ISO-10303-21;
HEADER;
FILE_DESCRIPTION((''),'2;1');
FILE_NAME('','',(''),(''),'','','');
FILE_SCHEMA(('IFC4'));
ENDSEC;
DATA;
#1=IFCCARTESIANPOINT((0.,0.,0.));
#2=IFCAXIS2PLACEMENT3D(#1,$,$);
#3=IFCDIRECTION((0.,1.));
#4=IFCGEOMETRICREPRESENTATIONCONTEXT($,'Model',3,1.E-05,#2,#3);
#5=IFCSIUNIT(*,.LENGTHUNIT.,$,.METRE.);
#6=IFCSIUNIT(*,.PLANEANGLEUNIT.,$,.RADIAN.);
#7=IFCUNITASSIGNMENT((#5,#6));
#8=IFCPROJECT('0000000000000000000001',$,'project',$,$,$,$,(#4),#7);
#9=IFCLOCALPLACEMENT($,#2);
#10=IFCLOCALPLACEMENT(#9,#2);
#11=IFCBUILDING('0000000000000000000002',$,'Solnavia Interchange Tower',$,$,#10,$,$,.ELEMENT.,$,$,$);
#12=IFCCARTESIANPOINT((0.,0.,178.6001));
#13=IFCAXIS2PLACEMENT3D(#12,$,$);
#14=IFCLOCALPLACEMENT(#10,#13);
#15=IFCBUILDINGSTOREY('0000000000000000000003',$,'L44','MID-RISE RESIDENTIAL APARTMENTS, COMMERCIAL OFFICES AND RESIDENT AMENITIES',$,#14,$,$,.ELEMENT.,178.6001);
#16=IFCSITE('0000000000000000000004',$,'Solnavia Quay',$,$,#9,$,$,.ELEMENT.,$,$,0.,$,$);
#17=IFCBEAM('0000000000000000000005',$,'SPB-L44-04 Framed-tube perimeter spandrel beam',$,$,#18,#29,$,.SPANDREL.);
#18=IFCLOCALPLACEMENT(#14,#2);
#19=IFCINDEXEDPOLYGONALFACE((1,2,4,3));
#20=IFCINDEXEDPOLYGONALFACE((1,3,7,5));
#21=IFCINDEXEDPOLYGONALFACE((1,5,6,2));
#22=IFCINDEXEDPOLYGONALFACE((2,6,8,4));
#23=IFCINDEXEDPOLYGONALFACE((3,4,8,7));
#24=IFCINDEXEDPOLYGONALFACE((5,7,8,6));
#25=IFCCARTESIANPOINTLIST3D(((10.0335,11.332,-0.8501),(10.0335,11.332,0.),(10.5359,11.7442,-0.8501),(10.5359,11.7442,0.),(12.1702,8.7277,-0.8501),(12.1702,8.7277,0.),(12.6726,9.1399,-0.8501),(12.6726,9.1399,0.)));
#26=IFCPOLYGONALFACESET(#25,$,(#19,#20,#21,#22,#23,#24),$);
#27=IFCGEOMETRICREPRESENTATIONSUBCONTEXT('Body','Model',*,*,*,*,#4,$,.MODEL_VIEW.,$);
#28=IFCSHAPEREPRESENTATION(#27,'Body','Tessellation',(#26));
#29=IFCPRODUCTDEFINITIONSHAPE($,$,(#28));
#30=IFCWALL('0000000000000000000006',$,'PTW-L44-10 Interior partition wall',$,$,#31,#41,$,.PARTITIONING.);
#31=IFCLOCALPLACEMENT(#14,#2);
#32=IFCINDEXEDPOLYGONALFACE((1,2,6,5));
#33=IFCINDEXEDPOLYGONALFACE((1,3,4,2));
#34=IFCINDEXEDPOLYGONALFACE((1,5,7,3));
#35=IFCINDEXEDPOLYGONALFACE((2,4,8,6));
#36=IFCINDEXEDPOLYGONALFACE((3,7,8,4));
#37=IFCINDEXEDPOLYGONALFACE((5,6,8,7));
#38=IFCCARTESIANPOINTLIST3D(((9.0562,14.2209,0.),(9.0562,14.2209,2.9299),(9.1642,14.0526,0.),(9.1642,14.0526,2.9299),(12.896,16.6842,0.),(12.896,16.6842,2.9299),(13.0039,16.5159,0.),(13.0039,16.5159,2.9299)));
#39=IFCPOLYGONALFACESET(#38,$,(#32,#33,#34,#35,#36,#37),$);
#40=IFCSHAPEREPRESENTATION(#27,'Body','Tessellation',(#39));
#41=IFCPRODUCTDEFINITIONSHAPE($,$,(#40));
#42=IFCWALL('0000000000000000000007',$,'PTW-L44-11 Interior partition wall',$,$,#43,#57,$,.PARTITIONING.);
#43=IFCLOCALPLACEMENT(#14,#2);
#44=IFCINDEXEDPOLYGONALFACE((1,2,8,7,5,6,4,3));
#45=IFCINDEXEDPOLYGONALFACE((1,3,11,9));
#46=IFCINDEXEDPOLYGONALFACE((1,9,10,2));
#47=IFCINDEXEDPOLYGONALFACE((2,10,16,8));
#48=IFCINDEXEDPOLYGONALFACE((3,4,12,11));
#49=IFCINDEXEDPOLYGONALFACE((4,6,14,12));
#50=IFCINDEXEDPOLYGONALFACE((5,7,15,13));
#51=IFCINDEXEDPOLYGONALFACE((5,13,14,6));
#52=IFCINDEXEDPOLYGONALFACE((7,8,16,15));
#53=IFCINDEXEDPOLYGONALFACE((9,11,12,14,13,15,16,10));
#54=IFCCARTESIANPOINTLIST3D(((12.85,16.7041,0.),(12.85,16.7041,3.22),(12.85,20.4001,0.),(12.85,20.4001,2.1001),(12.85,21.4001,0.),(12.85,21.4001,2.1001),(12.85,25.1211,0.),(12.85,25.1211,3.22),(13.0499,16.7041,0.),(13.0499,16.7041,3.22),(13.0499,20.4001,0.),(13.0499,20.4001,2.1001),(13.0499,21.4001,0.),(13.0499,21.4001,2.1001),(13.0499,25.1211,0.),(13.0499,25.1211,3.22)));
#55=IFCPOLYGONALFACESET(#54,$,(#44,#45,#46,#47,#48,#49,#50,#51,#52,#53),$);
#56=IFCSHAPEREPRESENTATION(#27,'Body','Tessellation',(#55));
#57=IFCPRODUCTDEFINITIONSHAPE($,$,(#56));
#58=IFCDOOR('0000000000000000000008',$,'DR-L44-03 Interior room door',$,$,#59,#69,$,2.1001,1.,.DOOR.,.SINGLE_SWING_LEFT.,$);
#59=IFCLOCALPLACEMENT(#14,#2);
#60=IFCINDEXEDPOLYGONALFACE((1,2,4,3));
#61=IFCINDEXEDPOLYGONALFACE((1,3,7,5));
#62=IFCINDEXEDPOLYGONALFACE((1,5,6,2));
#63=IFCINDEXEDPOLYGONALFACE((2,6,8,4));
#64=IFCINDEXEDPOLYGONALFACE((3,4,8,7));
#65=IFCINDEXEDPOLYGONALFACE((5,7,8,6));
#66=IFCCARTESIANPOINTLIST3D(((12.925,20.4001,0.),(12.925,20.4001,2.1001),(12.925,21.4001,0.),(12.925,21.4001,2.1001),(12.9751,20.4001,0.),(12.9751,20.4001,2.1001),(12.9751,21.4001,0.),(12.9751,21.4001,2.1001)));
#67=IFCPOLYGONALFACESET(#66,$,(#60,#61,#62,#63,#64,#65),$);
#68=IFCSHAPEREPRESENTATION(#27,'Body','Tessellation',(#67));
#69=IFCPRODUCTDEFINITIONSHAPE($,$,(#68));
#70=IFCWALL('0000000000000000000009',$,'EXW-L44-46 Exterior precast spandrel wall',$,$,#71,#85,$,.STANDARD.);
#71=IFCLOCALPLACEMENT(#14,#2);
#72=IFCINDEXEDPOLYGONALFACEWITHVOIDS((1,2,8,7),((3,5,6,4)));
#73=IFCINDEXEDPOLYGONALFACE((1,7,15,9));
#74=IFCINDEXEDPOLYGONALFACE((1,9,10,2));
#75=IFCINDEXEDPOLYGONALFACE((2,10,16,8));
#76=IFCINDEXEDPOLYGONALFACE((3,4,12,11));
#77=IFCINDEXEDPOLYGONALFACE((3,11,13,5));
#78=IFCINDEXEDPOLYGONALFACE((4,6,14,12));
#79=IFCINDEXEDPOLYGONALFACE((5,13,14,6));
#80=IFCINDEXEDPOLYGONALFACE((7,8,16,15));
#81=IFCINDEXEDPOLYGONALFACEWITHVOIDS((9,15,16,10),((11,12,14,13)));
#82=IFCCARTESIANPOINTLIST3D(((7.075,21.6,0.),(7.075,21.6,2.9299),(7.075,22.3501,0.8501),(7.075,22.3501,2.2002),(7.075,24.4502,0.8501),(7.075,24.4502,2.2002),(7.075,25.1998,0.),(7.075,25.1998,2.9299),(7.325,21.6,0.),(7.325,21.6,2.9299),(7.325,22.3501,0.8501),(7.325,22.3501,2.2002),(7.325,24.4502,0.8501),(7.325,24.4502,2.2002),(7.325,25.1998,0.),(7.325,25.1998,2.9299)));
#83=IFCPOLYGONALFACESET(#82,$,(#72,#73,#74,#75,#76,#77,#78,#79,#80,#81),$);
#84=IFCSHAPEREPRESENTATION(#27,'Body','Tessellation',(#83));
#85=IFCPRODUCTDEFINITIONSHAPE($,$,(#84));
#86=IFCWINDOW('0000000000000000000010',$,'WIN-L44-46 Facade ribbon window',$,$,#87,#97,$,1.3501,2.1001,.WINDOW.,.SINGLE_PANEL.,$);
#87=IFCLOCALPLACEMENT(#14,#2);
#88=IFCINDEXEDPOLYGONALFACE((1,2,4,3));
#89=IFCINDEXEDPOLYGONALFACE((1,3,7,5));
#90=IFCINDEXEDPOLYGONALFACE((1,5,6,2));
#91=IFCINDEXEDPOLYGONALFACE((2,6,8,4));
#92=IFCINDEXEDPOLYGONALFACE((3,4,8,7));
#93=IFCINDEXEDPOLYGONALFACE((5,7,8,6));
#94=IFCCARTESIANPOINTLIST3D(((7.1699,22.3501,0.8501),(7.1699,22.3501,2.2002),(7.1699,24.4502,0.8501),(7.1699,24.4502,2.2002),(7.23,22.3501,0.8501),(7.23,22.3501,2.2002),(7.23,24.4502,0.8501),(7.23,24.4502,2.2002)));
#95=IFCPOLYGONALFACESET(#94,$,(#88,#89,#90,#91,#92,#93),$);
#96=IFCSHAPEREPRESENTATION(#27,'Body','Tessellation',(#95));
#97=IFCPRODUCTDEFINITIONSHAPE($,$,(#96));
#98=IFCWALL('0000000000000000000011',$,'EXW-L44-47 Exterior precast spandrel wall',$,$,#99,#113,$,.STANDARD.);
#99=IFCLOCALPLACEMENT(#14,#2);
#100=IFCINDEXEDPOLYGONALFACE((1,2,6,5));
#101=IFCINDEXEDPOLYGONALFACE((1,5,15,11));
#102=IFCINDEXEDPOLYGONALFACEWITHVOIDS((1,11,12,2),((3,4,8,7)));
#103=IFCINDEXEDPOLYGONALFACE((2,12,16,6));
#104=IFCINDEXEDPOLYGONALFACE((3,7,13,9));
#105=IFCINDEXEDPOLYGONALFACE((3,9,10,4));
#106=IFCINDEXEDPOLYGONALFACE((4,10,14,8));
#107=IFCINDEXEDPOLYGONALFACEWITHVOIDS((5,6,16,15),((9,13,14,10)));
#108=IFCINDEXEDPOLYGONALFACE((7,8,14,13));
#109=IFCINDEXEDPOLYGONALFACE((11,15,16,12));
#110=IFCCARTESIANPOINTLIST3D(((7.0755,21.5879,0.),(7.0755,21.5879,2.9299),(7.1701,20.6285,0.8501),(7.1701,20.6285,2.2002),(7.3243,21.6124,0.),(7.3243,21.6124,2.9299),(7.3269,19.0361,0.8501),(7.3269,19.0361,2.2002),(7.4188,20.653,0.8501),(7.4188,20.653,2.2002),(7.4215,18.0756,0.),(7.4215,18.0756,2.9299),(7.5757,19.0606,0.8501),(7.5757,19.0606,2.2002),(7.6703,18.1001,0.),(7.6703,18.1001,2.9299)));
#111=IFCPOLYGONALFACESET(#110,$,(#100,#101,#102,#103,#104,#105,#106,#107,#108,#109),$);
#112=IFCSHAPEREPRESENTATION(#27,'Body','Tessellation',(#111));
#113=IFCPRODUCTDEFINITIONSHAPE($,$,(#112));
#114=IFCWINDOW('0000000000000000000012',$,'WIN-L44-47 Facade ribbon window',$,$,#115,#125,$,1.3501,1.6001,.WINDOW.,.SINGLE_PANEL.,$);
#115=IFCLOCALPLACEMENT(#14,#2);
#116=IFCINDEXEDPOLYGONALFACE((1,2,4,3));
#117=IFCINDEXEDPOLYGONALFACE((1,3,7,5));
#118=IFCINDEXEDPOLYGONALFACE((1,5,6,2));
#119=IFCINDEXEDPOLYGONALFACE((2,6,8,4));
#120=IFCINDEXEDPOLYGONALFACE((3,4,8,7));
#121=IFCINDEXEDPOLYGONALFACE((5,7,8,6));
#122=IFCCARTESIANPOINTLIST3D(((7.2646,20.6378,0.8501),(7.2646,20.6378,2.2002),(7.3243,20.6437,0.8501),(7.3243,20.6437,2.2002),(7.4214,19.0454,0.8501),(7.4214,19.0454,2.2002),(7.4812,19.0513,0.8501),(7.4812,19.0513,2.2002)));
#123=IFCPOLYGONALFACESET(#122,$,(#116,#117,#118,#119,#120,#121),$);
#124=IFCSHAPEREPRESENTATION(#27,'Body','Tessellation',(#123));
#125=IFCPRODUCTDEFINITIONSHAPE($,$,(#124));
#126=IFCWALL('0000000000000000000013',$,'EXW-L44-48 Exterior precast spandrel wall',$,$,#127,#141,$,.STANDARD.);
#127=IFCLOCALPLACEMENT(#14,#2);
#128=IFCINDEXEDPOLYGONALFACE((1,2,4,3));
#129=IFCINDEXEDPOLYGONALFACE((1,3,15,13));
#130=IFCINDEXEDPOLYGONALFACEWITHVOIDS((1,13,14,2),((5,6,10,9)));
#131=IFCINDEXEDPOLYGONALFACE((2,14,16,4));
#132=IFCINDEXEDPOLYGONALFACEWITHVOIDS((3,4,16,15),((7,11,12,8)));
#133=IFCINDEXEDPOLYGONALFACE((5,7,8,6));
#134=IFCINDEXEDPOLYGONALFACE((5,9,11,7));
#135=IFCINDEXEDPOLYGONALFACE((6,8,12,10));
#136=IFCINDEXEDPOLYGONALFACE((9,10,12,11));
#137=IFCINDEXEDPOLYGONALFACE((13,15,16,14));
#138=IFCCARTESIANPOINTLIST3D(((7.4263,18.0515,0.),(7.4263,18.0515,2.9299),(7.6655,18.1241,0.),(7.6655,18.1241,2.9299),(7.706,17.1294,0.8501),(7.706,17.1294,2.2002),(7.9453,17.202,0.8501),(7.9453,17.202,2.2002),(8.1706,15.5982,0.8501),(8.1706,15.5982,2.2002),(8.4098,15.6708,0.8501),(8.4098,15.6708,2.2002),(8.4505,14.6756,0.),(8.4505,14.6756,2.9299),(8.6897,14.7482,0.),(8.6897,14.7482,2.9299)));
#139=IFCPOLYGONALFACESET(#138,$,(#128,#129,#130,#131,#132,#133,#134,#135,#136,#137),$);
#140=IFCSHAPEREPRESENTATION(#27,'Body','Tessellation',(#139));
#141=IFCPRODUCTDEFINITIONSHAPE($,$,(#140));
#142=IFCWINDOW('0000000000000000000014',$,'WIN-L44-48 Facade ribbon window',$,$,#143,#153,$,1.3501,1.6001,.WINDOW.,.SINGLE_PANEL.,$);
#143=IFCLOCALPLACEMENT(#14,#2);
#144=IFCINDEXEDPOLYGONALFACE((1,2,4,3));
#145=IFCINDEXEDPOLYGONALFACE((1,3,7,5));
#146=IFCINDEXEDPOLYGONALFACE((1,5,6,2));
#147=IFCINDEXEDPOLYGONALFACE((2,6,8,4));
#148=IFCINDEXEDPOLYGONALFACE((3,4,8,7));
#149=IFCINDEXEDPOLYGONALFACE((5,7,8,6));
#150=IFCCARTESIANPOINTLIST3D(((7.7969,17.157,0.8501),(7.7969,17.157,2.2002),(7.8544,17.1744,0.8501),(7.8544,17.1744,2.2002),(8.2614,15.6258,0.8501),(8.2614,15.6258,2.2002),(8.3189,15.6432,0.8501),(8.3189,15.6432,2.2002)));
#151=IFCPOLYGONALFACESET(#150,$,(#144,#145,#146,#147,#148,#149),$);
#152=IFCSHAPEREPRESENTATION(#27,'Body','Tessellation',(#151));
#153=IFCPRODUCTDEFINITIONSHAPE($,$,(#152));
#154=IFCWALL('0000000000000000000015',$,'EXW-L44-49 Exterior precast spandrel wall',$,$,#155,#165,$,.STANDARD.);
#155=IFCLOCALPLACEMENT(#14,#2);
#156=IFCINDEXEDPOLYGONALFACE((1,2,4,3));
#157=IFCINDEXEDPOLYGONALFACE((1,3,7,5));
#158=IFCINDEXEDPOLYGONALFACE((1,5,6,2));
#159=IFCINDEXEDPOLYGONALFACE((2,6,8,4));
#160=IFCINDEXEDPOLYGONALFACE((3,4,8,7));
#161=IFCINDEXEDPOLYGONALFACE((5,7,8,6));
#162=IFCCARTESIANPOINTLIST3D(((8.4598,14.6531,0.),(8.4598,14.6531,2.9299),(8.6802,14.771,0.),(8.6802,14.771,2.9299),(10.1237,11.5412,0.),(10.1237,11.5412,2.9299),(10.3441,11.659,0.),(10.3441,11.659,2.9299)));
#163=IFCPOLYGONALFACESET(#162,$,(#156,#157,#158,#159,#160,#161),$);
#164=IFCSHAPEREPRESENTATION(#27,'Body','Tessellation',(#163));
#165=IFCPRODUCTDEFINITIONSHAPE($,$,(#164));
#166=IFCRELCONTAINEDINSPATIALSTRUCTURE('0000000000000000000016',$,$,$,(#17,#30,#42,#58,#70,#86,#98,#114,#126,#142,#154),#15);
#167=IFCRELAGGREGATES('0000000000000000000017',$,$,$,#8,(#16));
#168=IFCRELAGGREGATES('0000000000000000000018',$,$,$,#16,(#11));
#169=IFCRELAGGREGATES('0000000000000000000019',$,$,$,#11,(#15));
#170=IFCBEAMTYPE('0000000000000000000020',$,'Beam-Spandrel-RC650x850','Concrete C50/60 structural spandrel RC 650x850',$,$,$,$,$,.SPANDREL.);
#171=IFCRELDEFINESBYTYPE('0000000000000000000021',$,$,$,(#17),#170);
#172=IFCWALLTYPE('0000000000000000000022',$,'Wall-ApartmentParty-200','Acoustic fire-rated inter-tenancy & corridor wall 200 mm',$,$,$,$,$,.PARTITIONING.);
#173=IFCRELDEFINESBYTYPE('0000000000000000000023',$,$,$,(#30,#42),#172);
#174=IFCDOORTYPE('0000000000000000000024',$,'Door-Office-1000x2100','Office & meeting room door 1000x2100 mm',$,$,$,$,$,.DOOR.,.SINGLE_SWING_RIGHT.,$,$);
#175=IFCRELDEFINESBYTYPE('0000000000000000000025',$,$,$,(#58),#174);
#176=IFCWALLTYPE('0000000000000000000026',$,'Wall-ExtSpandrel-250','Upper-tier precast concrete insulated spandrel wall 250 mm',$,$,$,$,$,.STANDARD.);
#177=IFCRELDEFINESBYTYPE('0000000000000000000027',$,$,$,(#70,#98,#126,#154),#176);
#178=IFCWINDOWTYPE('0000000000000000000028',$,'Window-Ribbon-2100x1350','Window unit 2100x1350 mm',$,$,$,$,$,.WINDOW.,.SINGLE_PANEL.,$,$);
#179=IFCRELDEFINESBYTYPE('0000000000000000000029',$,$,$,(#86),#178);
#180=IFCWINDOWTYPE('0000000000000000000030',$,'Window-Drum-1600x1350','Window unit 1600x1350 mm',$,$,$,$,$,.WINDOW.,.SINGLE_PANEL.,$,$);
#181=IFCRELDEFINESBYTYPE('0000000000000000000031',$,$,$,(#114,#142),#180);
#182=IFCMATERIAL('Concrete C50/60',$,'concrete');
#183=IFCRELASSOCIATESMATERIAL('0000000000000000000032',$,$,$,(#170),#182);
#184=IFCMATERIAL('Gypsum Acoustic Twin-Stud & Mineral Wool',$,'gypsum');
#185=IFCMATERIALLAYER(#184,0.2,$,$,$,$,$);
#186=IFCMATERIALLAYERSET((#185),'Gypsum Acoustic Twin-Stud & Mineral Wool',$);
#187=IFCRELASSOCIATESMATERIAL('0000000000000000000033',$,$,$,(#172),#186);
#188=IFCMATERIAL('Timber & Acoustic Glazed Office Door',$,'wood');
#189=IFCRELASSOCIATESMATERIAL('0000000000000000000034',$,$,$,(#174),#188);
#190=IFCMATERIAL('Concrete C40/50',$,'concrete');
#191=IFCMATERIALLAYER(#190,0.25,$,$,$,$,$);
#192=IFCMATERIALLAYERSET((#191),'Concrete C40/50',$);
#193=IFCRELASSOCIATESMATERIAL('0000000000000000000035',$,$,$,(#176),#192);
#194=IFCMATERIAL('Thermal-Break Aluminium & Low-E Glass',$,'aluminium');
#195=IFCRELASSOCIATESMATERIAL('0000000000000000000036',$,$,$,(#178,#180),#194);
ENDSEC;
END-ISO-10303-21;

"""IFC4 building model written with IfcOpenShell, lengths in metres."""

from ifc_helpers import new_model, si_unit, direction, frame, frame_2d, origin, origin_2d, place, context, subcontext, project, spatial, rectangle, extrude, material, layer, layer_set, material_profile, profile_set, type_object, element, fill, save


model = new_model("IFC4")

# Units and contexts
model_context = context("Model", 3, precision=1e-05, world=origin(), true_north=direction((0.0, 1.0)))
body_context = subcontext(model_context, "Body", "Model", "MODEL_VIEW")
ifc_project = project(units=[si_unit("LENGTHUNIT", "METRE"), si_unit("PLANEANGLEUNIT", "RADIAN")], contexts=[model_context])

# Site, building, storey
site_placement = place(None, origin())
site = spatial("IfcSite", under=ifc_project, at=site_placement, Name="Solnavia Quay", CompositionType="ELEMENT", RefElevation=0.0)
building_placement = place(site_placement, origin())
building = spatial("IfcBuilding", under=site, at=building_placement, Name="Solnavia Interchange Tower", CompositionType="ELEMENT")
storey_placement = place(building_placement, frame((0.0, 0.0, 178.6001)))
storey = spatial("IfcBuildingStorey", under=building, at=storey_placement, Name="L44", Description="MID-RISE RESIDENTIAL APARTMENTS, COMMERCIAL OFFICES AND RESIDENT AMENITIES", CompositionType="ELEMENT", Elevation=178.6001)

# Shared definitions
ifc_material_1 = material(Name="Concrete C50/60", Category="concrete")

# Beam
ifc_material_profile_1 = material_profile(ifc_material_1, rectangle(XDim=0.6499, YDim=0.8501, at=origin_2d()), Name="RC 650x850")
ifc_profile_set_1 = profile_set([ifc_material_profile_1], Name="Concrete C50/60")
beam_type_1 = type_object("IfcBeamType", Name="Beam-Spandrel-RC650x850", Description="Concrete C50/60 structural spandrel RC 650x850", PredefinedType="SPANDREL", material=ifc_profile_set_1)
beam_1_placement = place(storey_placement, frame((10.2847, 11.5381, -0.425), z_axis=(0.634299, -0.773088, 0.0), x_axis=(0.773088, 0.634299, 0.0)))
element("IfcBeam", 1, at=beam_1_placement, inside=storey, type_object=beam_type_1, Name="SPB-L44-04 Framed-tube perimeter spandrel beam", PredefinedType="SPANDREL", context=body_context, shape_type="SweptSolid", body=[
    extrude(rectangle(XDim=0.6499, YDim=0.8501, at=origin_2d()), origin(), (0.0, 0.0, 1.0), 3.3687),
])

# Wall
ifc_material_2 = material(Name="Gypsum Acoustic Twin-Stud & Mineral Wool", Category="gypsum")
ifc_layer_1 = layer(ifc_material_2, 0.2)
ifc_layer_set_1 = layer_set([ifc_layer_1], Name="Gypsum Acoustic Twin-Stud & Mineral Wool")
wall_type_1 = type_object("IfcWallType", Name="Wall-ApartmentParty-200", Description="Acoustic fire-rated inter-tenancy & corridor wall 200 mm", PredefinedType="PARTITIONING", material=ifc_layer_set_1)
wall_1_placement = place(storey_placement, frame((12.95, 16.6001, 0.0), z_axis=(0.0, 0.0, 1.0), x_axis=(-0.841686, -0.539968, 0.0)))
element("IfcWall", 2, at=wall_1_placement, inside=storey, type_object=wall_type_1, Name="PTW-L44-10 Interior partition wall", PredefinedType="PARTITIONING", context=body_context, shape_type="SweptSolid", body=[
    extrude(rectangle(XDim=4.562, YDim=0.2, at=frame_2d((2.281, 0.0))), origin(), (0.0, 0.0, 1.0), 2.9299),
])

# Wall, opening, door
wall_2_placement = place(storey_placement, frame((12.95, 16.7041, 0.0), z_axis=(0.0, 0.0, 1.0), x_axis=(0.0, 1.0, 0.0)))
wall_2 = element("IfcWall", 3, at=wall_2_placement, inside=storey, type_object=wall_type_1, Name="PTW-L44-11 Interior partition wall", PredefinedType="PARTITIONING", context=body_context, shape_type="SweptSolid", body=[
    extrude(rectangle(XDim=8.417, YDim=0.2, at=frame_2d((4.2085, 0.0))), origin(), (0.0, 0.0, 1.0), 3.22),
])
opening_1_placement = place(wall_2_placement, frame((3.696, 0.0, 0.0)))
opening_1 = element("IfcOpeningElement", 4, at=opening_1_placement, cuts=wall_2, PredefinedType="OPENING", context=body_context, shape_type="SweptSolid", body=[
    extrude(rectangle(XDim=1.0, YDim=2.1001, at=frame_2d((0.5, 1.05))), frame((0.0, 0.1099, 0.0), z_axis=(0.0, -1.0, 0.0), x_axis=(1.0, 0.0, 0.0)), (0.0, 0.0, 1.0), 0.22),
])
ifc_material_3 = material(Name="Timber & Acoustic Glazed Office Door", Category="wood")
door_type = type_object("IfcDoorType", Name="Door-Office-1000x2100", Description="Office & meeting room door 1000x2100 mm", OperationType="SINGLE_SWING_RIGHT", PredefinedType="DOOR", material=ifc_material_3)
door_placement = place(opening_1_placement, origin())
door = element("IfcDoor", 5, at=door_placement, inside=storey, type_object=door_type, Name="DR-L44-03 Interior room door", OperationType="SINGLE_SWING_LEFT", OverallHeight=2.1001, OverallWidth=1.0, PredefinedType="DOOR", context=body_context, shape_type="SweptSolid", body=[
    extrude(rectangle(XDim=1.0, YDim=2.1001, at=frame_2d((0.5, 1.05))), frame((0.0, 0.0249, 0.0), z_axis=(0.0, -1.0, 0.0), x_axis=(1.0, 0.0, 0.0)), (0.0, 0.0, 1.0), 0.05),
])
fill(opening_1, door)

# Walls, openings, windows
ifc_material_4 = material(Name="Concrete C40/50", Category="concrete")
ifc_layer_2 = layer(ifc_material_4, 0.25)
ifc_layer_set_2 = layer_set([ifc_layer_2], Name="Concrete C40/50")
wall_type_2 = type_object("IfcWallType", Name="Wall-ExtSpandrel-250", Description="Upper-tier precast concrete insulated spandrel wall 250 mm", PredefinedType="STANDARD", material=ifc_layer_set_2)
wall_3_placement = place(storey_placement, frame((7.2, 21.6001, 0.0), z_axis=(0.0, 0.0, 1.0), x_axis=(0.0, 1.0, 0.0)))
wall_3 = element("IfcWall", 6, at=wall_3_placement, inside=storey, type_object=wall_type_2, Name="EXW-L44-46 Exterior precast spandrel wall", PredefinedType="STANDARD", context=body_context, shape_type="SweptSolid", body=[
    extrude(rectangle(XDim=3.5999, YDim=0.25, at=frame_2d((1.7998, 0.0))), origin(), (0.0, 0.0, 1.0), 2.9299),
])
opening_2_placement = place(wall_3_placement, frame((0.75, 0.0, 0.8501)))
opening_2 = element("IfcOpeningElement", 7, at=opening_2_placement, cuts=wall_3, PredefinedType="OPENING", context=body_context, shape_type="SweptSolid", body=[
    extrude(rectangle(XDim=2.1001, YDim=1.3501, at=frame_2d((1.05, 0.675))), frame((0.0, 0.135, 0.0), z_axis=(0.0, -1.0, 0.0), x_axis=(1.0, 0.0, 0.0)), (0.0, 0.0, 1.0), 0.27),
])
ifc_material_5 = material(Name="Thermal-Break Aluminium & Low-E Glass", Category="aluminium")
window_type_1 = type_object("IfcWindowType", Name="Window-Ribbon-2100x1350", Description="Window unit 2100x1350 mm", PartitioningType="SINGLE_PANEL", PredefinedType="WINDOW", material=ifc_material_5)
window_1_placement = place(opening_2_placement, origin())
window_1 = element("IfcWindow", 8, at=window_1_placement, inside=storey, type_object=window_type_1, Name="WIN-L44-46 Facade ribbon window", OverallHeight=1.3501, OverallWidth=2.1001, PartitioningType="SINGLE_PANEL", PredefinedType="WINDOW", context=body_context, shape_type="SweptSolid", body=[
    extrude(rectangle(XDim=2.1001, YDim=1.3501, at=frame_2d((1.05, 0.675))), frame((0.0, 0.03, 0.0), z_axis=(0.0, -1.0, 0.0), x_axis=(1.0, 0.0, 0.0)), (0.0, 0.0, 1.0), 0.0601),
])
fill(opening_2, window_1)
wall_4_placement = place(storey_placement, frame((7.5459, 18.0879, 0.0), z_axis=(0.0, 0.0, 1.0), x_axis=(-0.098024, 0.995184, 0.0)))
wall_4 = element("IfcWall", 9, at=wall_4_placement, inside=storey, type_object=wall_type_2, Name="EXW-L44-47 Exterior precast spandrel wall", PredefinedType="STANDARD", context=body_context, shape_type="SweptSolid", body=[
    extrude(rectangle(XDim=3.5293, YDim=0.25, at=frame_2d((1.7646, 0.0))), origin(), (0.0, 0.0, 1.0), 2.9299),
])
opening_3_placement = place(wall_4_placement, frame((0.9651, 0.0, 0.8501)))
opening_3 = element("IfcOpeningElement", 10, at=opening_3_placement, cuts=wall_4, PredefinedType="OPENING", context=body_context, shape_type="SweptSolid", body=[
    extrude(rectangle(XDim=1.6001, YDim=1.3501, at=frame_2d((0.8, 0.675))), frame((0.0, 0.135, 0.0), z_axis=(0.0, -1.0, 0.0), x_axis=(1.0, 0.0, 0.0)), (0.0, 0.0, 1.0), 0.27),
])
window_type_2 = type_object("IfcWindowType", Name="Window-Drum-1600x1350", Description="Window unit 1600x1350 mm", PartitioningType="SINGLE_PANEL", PredefinedType="WINDOW", material=ifc_material_5)
window_2_placement = place(opening_3_placement, origin())
window_2 = element("IfcWindow", 11, at=window_2_placement, inside=storey, type_object=window_type_2, Name="WIN-L44-47 Facade ribbon window", OverallHeight=1.3501, OverallWidth=1.6001, PartitioningType="SINGLE_PANEL", PredefinedType="WINDOW", context=body_context, shape_type="SweptSolid", body=[
    extrude(rectangle(XDim=1.6001, YDim=1.3501, at=frame_2d((0.8, 0.675))), frame((0.0, 0.03, 0.0), z_axis=(0.0, -1.0, 0.0), x_axis=(1.0, 0.0, 0.0)), (0.0, 0.0, 1.0), 0.0601),
])
fill(opening_3, window_2)
wall_5_placement = place(storey_placement, frame((8.5701, 14.7119, 0.0), z_axis=(0.0, 0.0, 1.0), x_axis=(-0.290305, 0.956934, 0.0)))
wall_5 = element("IfcWall", 12, at=wall_5_placement, inside=storey, type_object=wall_type_2, Name="EXW-L44-48 Exterior precast spandrel wall", PredefinedType="STANDARD", context=body_context, shape_type="SweptSolid", body=[
    extrude(rectangle(XDim=3.5278, YDim=0.25, at=frame_2d((1.7639, 0.0))), origin(), (0.0, 0.0, 1.0), 2.9299),
])
opening_4_placement = place(wall_5_placement, frame((0.9641, 0.0, 0.8501)))
opening_4 = element("IfcOpeningElement", 13, at=opening_4_placement, cuts=wall_5, PredefinedType="OPENING", context=body_context, shape_type="SweptSolid", body=[
    extrude(rectangle(XDim=1.6001, YDim=1.3501, at=frame_2d((0.8, 0.675))), frame((0.0, 0.135, 0.0), z_axis=(0.0, -1.0, 0.0), x_axis=(1.0, 0.0, 0.0)), (0.0, 0.0, 1.0), 0.27),
])
window_3_placement = place(opening_4_placement, origin())
window_3 = element("IfcWindow", 14, at=window_3_placement, inside=storey, type_object=window_type_2, Name="WIN-L44-48 Facade ribbon window", OverallHeight=1.3501, OverallWidth=1.6001, PartitioningType="SINGLE_PANEL", PredefinedType="WINDOW", context=body_context, shape_type="SweptSolid", body=[
    extrude(rectangle(XDim=1.6001, YDim=1.3501, at=frame_2d((0.8, 0.675))), frame((0.0, 0.03, 0.0), z_axis=(0.0, -1.0, 0.0), x_axis=(1.0, 0.0, 0.0)), (0.0, 0.0, 1.0), 0.0601),
])
fill(opening_4, window_3)

# Wall
wall_6_placement = place(storey_placement, frame((10.2339, 11.6001, 0.0), z_axis=(0.0, 0.0, 1.0), x_axis=(-0.471511, 0.88186, 0.0)))
element("IfcWall", 15, at=wall_6_placement, inside=storey, type_object=wall_type_2, Name="EXW-L44-49 Exterior precast spandrel wall", PredefinedType="STANDARD", context=body_context, shape_type="SweptSolid", body=[
    extrude(rectangle(XDim=3.5288, YDim=0.25, at=frame_2d((1.7644, 0.0))), origin(), (0.0, 0.0, 1.0), 2.9299),
])

save(model, "model.ifc")
